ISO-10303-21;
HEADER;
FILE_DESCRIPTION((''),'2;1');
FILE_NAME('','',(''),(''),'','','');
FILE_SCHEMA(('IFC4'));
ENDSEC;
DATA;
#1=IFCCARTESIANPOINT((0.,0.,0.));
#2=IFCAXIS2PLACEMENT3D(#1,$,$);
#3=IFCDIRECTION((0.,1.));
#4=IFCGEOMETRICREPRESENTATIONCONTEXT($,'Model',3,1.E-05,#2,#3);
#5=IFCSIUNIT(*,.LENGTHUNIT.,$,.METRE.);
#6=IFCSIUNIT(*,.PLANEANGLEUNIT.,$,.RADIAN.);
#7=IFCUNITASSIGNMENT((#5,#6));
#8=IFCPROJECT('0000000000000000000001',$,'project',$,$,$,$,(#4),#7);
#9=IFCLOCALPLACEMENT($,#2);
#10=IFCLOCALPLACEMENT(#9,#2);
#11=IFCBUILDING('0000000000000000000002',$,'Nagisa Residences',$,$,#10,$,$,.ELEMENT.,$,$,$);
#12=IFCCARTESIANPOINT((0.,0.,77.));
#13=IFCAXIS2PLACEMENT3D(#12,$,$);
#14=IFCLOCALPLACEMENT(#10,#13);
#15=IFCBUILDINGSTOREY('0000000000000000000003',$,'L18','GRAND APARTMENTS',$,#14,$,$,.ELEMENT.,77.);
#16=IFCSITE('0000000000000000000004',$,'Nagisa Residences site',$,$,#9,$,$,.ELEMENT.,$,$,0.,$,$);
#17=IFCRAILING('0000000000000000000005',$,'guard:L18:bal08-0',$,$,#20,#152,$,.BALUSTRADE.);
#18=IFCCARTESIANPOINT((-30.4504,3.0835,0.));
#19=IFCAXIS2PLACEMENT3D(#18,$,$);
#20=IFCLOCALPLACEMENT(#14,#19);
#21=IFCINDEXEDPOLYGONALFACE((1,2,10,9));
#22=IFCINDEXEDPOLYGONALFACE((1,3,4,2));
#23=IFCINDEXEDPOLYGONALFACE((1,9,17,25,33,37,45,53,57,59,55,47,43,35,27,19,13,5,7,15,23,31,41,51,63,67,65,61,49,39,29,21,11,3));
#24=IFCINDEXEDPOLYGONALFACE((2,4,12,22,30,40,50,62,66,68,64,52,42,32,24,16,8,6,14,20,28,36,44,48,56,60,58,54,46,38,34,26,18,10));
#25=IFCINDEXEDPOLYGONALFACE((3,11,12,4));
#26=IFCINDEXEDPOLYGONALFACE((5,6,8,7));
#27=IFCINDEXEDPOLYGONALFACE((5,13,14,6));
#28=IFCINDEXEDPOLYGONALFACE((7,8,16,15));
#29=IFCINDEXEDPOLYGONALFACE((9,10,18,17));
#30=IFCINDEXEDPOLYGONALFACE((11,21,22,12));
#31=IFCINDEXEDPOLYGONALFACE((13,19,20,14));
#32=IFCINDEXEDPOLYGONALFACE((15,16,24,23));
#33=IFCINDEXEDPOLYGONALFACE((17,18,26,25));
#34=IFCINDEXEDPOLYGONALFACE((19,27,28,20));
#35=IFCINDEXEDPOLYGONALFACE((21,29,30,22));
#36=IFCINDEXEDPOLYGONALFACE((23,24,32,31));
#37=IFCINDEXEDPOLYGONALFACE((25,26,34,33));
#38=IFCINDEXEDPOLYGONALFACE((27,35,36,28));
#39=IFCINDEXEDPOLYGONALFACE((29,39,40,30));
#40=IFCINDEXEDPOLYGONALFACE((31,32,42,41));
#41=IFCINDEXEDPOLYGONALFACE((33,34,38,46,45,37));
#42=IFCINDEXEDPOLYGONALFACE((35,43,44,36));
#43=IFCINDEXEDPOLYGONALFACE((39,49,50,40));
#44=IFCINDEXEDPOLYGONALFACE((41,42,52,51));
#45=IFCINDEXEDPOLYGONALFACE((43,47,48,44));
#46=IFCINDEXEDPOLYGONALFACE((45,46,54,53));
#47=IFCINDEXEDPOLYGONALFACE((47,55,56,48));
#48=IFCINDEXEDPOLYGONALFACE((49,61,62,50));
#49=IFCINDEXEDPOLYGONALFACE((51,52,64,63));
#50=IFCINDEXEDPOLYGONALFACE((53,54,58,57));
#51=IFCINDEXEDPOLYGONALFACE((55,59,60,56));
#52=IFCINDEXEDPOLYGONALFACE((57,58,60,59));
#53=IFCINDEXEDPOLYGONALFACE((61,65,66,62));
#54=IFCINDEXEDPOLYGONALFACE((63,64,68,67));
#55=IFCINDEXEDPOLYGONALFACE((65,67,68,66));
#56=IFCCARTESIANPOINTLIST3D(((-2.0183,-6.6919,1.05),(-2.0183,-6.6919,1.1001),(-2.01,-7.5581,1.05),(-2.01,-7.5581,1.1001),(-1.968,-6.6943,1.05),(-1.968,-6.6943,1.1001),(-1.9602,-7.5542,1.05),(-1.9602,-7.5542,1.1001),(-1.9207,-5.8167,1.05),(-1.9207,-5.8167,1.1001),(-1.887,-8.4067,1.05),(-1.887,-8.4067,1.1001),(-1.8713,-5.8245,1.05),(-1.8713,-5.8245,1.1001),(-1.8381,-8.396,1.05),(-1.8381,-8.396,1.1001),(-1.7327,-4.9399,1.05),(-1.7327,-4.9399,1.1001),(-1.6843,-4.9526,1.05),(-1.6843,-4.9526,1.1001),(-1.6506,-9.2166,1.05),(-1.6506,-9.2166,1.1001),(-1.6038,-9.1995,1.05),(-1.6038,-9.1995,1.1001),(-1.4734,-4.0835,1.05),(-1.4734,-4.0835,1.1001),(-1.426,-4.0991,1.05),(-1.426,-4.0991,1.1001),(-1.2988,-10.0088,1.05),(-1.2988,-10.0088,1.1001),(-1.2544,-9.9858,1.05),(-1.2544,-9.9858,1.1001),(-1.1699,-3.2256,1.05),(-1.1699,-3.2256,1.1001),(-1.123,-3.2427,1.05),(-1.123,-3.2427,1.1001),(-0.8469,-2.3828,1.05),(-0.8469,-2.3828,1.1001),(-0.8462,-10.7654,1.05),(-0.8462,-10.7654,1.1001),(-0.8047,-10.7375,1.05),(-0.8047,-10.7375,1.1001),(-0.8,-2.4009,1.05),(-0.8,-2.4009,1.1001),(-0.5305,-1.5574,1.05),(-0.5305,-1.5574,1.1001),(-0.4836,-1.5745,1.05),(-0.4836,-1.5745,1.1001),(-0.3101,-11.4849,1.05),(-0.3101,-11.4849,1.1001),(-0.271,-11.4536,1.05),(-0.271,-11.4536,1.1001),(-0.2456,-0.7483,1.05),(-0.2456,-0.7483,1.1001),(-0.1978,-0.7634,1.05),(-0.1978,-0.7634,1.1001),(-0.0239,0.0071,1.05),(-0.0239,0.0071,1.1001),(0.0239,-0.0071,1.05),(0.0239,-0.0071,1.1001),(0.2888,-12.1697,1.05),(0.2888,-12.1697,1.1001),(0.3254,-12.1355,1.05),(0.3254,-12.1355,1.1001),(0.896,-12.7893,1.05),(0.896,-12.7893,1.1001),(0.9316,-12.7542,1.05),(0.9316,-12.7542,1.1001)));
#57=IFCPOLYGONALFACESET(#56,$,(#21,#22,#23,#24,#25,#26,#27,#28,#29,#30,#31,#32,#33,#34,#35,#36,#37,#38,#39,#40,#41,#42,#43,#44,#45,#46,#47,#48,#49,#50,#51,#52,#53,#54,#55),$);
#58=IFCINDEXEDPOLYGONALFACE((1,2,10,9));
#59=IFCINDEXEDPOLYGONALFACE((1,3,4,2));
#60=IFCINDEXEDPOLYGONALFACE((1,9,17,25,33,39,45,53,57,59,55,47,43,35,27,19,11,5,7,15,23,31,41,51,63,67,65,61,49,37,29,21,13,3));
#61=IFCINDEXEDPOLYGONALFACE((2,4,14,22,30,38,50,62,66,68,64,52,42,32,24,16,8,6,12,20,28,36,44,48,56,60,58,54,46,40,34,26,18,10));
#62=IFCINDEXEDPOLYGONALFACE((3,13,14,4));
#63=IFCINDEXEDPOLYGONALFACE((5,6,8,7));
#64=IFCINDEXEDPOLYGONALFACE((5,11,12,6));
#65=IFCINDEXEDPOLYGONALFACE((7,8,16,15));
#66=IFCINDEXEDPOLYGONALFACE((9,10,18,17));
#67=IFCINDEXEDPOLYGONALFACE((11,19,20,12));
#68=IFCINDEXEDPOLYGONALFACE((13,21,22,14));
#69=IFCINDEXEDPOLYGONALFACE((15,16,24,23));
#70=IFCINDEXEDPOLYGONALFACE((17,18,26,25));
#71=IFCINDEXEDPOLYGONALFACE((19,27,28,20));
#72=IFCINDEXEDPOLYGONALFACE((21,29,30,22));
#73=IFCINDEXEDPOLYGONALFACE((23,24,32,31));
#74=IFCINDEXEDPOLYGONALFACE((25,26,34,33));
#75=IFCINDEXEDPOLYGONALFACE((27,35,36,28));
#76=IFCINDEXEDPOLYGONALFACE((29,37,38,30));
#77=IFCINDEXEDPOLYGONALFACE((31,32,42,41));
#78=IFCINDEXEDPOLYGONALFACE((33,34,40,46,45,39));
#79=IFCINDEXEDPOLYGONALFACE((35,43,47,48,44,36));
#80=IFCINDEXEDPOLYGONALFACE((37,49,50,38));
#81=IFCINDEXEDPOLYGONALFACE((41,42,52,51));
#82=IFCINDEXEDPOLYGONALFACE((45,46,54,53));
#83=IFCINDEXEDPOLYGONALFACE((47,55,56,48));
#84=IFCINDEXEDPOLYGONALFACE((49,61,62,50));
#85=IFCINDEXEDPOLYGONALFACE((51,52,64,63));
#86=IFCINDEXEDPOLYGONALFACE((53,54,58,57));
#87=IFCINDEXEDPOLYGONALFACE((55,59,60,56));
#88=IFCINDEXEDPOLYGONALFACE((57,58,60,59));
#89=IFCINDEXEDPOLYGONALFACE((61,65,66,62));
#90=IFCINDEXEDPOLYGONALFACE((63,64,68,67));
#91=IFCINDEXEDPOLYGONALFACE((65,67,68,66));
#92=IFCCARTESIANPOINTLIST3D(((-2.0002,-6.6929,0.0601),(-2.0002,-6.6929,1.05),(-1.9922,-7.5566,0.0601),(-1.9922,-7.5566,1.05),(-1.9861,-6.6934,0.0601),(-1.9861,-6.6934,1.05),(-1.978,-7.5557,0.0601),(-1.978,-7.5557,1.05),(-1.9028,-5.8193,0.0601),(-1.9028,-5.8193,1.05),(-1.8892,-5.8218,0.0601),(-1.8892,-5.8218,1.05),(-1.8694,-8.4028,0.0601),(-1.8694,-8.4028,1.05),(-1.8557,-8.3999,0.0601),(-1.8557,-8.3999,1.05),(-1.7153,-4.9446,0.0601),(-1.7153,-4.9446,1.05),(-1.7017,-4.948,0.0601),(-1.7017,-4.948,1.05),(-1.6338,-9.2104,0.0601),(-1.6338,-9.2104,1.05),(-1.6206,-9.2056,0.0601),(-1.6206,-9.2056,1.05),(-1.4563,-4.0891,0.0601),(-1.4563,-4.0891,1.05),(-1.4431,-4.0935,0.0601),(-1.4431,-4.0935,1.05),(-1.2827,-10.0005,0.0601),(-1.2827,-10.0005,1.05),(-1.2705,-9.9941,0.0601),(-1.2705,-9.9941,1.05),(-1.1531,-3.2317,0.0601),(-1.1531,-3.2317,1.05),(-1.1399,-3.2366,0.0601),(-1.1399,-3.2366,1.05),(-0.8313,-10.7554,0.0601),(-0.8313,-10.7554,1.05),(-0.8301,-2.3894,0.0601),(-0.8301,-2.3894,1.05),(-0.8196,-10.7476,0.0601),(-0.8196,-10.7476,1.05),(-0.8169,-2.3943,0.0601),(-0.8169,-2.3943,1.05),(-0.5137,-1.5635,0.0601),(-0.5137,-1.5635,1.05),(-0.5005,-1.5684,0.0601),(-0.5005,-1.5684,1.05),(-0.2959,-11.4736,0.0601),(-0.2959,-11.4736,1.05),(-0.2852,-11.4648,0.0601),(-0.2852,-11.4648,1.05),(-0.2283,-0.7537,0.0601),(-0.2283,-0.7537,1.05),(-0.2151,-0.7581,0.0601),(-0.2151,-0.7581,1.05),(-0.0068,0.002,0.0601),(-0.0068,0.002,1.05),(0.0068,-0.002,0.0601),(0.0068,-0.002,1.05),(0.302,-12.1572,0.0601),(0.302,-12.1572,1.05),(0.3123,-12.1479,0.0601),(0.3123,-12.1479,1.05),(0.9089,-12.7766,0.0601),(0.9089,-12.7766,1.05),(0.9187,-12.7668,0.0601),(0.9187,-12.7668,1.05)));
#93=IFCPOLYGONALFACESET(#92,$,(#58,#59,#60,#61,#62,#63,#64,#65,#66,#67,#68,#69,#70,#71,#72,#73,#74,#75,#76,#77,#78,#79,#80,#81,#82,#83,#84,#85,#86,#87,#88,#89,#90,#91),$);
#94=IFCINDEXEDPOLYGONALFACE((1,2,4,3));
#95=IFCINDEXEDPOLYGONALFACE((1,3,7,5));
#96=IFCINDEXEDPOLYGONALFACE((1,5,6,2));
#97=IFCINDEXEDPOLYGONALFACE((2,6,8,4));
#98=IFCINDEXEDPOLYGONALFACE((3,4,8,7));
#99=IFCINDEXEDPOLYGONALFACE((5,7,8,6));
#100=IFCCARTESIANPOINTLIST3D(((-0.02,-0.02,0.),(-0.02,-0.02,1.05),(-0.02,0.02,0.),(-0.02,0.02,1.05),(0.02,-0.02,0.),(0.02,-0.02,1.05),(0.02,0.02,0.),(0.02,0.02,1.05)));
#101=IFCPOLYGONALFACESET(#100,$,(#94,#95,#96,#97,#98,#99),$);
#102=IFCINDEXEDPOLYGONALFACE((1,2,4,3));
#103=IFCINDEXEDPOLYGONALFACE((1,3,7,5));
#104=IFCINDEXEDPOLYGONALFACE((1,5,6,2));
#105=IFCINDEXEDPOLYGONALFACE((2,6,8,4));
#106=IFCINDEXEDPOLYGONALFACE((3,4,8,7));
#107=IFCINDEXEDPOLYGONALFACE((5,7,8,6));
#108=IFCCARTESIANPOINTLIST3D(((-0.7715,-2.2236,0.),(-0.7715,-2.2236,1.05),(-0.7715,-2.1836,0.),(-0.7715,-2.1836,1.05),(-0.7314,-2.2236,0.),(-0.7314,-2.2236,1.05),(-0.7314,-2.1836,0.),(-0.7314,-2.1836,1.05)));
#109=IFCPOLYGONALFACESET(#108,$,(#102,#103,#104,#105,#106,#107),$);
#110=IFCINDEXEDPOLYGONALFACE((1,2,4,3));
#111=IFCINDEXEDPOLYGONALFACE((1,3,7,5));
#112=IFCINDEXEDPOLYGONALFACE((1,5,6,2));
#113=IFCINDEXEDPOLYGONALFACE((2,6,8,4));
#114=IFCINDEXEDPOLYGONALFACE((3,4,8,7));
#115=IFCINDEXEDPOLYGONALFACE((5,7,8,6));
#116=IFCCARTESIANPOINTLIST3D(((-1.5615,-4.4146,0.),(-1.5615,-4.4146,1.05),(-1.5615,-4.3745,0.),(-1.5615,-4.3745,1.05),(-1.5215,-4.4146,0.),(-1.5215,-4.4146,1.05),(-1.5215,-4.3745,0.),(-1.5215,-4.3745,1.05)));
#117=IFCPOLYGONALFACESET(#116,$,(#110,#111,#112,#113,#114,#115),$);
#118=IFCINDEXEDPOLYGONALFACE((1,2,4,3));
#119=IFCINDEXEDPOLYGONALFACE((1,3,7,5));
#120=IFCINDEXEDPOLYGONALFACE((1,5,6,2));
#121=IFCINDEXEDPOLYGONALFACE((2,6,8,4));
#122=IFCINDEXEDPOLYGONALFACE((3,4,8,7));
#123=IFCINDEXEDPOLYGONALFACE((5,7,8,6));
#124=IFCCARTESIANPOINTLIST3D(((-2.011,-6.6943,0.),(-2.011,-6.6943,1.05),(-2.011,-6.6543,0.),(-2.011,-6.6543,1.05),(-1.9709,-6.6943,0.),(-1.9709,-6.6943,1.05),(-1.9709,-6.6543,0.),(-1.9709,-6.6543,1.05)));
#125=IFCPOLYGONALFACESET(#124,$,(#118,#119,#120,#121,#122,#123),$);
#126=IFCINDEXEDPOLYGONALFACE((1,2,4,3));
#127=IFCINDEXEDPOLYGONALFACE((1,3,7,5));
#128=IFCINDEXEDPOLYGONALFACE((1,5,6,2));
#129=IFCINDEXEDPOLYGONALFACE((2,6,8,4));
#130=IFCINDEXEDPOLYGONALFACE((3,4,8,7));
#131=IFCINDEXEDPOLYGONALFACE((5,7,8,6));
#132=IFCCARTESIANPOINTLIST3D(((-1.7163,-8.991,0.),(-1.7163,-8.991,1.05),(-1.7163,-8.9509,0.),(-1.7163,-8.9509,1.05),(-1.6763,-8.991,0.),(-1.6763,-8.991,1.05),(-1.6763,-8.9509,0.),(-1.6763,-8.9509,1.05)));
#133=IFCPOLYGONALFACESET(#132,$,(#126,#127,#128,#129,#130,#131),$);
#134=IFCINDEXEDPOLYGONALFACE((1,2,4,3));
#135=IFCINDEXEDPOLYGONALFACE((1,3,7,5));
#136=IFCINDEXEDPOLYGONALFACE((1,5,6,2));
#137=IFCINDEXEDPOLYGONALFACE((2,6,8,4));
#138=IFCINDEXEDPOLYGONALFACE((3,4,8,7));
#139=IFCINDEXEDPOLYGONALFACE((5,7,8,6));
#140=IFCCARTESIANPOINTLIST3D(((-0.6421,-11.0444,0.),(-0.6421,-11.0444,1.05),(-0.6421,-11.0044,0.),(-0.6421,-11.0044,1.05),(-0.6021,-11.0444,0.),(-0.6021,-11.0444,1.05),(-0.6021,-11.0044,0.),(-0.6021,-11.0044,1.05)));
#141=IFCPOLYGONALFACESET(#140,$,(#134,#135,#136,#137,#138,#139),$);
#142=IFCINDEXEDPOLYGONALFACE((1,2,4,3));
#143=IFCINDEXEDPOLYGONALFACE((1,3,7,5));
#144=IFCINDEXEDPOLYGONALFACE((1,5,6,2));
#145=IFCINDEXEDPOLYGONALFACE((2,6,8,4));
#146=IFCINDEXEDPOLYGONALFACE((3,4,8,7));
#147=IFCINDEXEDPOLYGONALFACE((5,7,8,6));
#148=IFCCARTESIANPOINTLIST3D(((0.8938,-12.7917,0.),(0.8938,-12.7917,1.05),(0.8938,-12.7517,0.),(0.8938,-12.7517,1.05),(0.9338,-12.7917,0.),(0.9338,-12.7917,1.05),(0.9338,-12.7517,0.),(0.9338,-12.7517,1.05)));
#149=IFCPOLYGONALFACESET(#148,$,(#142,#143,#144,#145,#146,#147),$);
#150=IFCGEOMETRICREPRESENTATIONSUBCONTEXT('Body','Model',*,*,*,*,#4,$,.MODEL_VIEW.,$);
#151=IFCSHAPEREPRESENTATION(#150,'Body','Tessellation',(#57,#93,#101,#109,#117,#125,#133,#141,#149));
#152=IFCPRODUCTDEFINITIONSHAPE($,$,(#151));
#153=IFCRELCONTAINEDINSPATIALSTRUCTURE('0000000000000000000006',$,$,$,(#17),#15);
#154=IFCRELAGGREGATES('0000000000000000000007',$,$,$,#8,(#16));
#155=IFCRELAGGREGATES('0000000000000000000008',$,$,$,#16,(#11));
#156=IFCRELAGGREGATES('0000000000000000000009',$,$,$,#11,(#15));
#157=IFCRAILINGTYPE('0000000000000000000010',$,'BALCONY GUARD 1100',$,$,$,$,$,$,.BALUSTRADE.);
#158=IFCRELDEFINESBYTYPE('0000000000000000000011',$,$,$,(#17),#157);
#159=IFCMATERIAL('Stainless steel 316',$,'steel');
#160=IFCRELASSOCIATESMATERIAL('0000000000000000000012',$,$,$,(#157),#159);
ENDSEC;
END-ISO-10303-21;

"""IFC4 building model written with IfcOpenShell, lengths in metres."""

from ifc_helpers import new_model, si_unit, direction, frame, origin, origin_2d, place, context, subcontext, project, spatial, polyline, rectangle, outline, extrude, material, type_object, element, save


model = new_model("IFC4")

# Units and contexts
model_context = context("Model", 3, precision=1e-05, world=origin(), true_north=direction((0.0, 1.0)))
body_context = subcontext(model_context, "Body", "Model", "MODEL_VIEW")
ifc_project = project(units=[si_unit("LENGTHUNIT", "METRE"), si_unit("PLANEANGLEUNIT", "RADIAN")], contexts=[model_context])

# Site, building, storey
site_placement = place(None, origin())
site = spatial("IfcSite", under=ifc_project, at=site_placement, Name="Nagisa Residences site", CompositionType="ELEMENT", RefElevation=0.0)
building_placement = place(site_placement, origin())
building = spatial("IfcBuilding", under=site, at=building_placement, Name="Nagisa Residences", CompositionType="ELEMENT")
storey_placement = place(building_placement, frame((0.0, 0.0, 77.0)))
storey = spatial("IfcBuildingStorey", under=building, at=storey_placement, Name="L18", Description="GRAND APARTMENTS", CompositionType="ELEMENT", Elevation=77.0)

# Railing
ifc_material_1 = material(Name="Stainless steel 316", Category="steel")
railing_type = type_object("IfcRailingType", Name="BALCONY GUARD 1100", PredefinedType="BALUSTRADE", material=ifc_material_1)
railing_1_placement = place(storey_placement, frame((-30.4504, 3.0835, 0.0)))
element("IfcRailing", 1, at=railing_1_placement, inside=storey, type_object=railing_type, Name="guard:L18:bal08-0", PredefinedType="BALUSTRADE", context=body_context, shape_type="SweptSolid", body=[
    extrude(outline(polyline([(-0.1978, -0.7634), (0.0239, -0.0071), (-0.0239, 0.0071), (-0.2456, -0.7483), (-0.5305, -1.5574), (-0.8469, -2.3828), (-1.1699, -3.2256), (-1.4734, -4.0835), (-1.7327, -4.9399), (-1.9207, -5.8167), (-2.0183, -6.6919), (-2.01, -7.5581), (-1.887, -8.4067), (-1.6506, -9.2166), (-1.2988, -10.0088), (-0.8462, -10.7654), (-0.3101, -11.4849), (0.2888, -12.1697), (0.896, -12.7893), (0.9316, -12.7542), (0.3254, -12.1355), (-0.271, -11.4536), (-0.8047, -10.7375), (-1.2544, -9.9858), (-1.6038, -9.1995), (-1.8381, -8.396), (-1.9602, -7.5542), (-1.968, -6.6943), (-1.8713, -5.8245), (-1.6843, -4.9526), (-1.426, -4.0991), (-1.123, -3.2427), (-0.8, -2.4009), (-0.4836, -1.5745), (-0.1978, -0.7634)])), frame((0.0, 0.0, 1.05)), (0.0, 0.0, 1.0), 0.05),
    extrude(outline(polyline([(-0.2151, -0.7581), (0.0068, -0.002), (-0.0068, 0.002), (-0.2283, -0.7537), (-0.5137, -1.5635), (-0.8301, -2.3894), (-1.1531, -3.2317), (-1.4563, -4.0891), (-1.7153, -4.9446), (-1.9028, -5.8193), (-2.0002, -6.6929), (-1.9922, -7.5566), (-1.8694, -8.4028), (-1.6338, -9.2104), (-1.2827, -10.0005), (-0.8313, -10.7554), (-0.2959, -11.4736), (0.302, -12.1572), (0.9089, -12.7766), (0.9187, -12.7668), (0.3123, -12.1479), (-0.2852, -11.4648), (-0.8196, -10.7476), (-1.2705, -9.9941), (-1.6206, -9.2056), (-1.8557, -8.3999), (-1.978, -7.5557), (-1.9861, -6.6934), (-1.8892, -5.8218), (-1.7017, -4.948), (-1.4431, -4.0935), (-1.1399, -3.2366), (-0.8169, -2.3943), (-0.5005, -1.5684), (-0.2151, -0.7581)])), frame((0.0, 0.0, 0.0601)), (0.0, 0.0, 1.0), 0.99),
    extrude(rectangle(XDim=0.04, YDim=0.04, at=origin_2d()), origin(), (0.0, 0.0, 1.0), 1.05),
    extrude(rectangle(XDim=0.04, YDim=0.04, at=origin_2d()), frame((-0.7515, -2.2036, 0.0)), (0.0, 0.0, 1.0), 1.05),
    extrude(rectangle(XDim=0.04, YDim=0.04, at=origin_2d()), frame((-1.5415, -4.3945, 0.0)), (0.0, 0.0, 1.0), 1.05),
    extrude(rectangle(XDim=0.04, YDim=0.04, at=origin_2d()), frame((-1.991, -6.6743, 0.0)), (0.0, 0.0, 1.0), 1.05),
    extrude(rectangle(XDim=0.04, YDim=0.04, at=origin_2d()), frame((-1.6963, -8.9709, 0.0)), (0.0, 0.0, 1.0), 1.05),
    extrude(rectangle(XDim=0.04, YDim=0.04, at=origin_2d()), frame((-0.6221, -11.0244, 0.0)), (0.0, 0.0, 1.0), 1.05),
    extrude(rectangle(XDim=0.04, YDim=0.04, at=origin_2d()), frame((0.9138, -12.7717, 0.0)), (0.0, 0.0, 1.0), 1.05),
])

save(model, "model.ifc")
